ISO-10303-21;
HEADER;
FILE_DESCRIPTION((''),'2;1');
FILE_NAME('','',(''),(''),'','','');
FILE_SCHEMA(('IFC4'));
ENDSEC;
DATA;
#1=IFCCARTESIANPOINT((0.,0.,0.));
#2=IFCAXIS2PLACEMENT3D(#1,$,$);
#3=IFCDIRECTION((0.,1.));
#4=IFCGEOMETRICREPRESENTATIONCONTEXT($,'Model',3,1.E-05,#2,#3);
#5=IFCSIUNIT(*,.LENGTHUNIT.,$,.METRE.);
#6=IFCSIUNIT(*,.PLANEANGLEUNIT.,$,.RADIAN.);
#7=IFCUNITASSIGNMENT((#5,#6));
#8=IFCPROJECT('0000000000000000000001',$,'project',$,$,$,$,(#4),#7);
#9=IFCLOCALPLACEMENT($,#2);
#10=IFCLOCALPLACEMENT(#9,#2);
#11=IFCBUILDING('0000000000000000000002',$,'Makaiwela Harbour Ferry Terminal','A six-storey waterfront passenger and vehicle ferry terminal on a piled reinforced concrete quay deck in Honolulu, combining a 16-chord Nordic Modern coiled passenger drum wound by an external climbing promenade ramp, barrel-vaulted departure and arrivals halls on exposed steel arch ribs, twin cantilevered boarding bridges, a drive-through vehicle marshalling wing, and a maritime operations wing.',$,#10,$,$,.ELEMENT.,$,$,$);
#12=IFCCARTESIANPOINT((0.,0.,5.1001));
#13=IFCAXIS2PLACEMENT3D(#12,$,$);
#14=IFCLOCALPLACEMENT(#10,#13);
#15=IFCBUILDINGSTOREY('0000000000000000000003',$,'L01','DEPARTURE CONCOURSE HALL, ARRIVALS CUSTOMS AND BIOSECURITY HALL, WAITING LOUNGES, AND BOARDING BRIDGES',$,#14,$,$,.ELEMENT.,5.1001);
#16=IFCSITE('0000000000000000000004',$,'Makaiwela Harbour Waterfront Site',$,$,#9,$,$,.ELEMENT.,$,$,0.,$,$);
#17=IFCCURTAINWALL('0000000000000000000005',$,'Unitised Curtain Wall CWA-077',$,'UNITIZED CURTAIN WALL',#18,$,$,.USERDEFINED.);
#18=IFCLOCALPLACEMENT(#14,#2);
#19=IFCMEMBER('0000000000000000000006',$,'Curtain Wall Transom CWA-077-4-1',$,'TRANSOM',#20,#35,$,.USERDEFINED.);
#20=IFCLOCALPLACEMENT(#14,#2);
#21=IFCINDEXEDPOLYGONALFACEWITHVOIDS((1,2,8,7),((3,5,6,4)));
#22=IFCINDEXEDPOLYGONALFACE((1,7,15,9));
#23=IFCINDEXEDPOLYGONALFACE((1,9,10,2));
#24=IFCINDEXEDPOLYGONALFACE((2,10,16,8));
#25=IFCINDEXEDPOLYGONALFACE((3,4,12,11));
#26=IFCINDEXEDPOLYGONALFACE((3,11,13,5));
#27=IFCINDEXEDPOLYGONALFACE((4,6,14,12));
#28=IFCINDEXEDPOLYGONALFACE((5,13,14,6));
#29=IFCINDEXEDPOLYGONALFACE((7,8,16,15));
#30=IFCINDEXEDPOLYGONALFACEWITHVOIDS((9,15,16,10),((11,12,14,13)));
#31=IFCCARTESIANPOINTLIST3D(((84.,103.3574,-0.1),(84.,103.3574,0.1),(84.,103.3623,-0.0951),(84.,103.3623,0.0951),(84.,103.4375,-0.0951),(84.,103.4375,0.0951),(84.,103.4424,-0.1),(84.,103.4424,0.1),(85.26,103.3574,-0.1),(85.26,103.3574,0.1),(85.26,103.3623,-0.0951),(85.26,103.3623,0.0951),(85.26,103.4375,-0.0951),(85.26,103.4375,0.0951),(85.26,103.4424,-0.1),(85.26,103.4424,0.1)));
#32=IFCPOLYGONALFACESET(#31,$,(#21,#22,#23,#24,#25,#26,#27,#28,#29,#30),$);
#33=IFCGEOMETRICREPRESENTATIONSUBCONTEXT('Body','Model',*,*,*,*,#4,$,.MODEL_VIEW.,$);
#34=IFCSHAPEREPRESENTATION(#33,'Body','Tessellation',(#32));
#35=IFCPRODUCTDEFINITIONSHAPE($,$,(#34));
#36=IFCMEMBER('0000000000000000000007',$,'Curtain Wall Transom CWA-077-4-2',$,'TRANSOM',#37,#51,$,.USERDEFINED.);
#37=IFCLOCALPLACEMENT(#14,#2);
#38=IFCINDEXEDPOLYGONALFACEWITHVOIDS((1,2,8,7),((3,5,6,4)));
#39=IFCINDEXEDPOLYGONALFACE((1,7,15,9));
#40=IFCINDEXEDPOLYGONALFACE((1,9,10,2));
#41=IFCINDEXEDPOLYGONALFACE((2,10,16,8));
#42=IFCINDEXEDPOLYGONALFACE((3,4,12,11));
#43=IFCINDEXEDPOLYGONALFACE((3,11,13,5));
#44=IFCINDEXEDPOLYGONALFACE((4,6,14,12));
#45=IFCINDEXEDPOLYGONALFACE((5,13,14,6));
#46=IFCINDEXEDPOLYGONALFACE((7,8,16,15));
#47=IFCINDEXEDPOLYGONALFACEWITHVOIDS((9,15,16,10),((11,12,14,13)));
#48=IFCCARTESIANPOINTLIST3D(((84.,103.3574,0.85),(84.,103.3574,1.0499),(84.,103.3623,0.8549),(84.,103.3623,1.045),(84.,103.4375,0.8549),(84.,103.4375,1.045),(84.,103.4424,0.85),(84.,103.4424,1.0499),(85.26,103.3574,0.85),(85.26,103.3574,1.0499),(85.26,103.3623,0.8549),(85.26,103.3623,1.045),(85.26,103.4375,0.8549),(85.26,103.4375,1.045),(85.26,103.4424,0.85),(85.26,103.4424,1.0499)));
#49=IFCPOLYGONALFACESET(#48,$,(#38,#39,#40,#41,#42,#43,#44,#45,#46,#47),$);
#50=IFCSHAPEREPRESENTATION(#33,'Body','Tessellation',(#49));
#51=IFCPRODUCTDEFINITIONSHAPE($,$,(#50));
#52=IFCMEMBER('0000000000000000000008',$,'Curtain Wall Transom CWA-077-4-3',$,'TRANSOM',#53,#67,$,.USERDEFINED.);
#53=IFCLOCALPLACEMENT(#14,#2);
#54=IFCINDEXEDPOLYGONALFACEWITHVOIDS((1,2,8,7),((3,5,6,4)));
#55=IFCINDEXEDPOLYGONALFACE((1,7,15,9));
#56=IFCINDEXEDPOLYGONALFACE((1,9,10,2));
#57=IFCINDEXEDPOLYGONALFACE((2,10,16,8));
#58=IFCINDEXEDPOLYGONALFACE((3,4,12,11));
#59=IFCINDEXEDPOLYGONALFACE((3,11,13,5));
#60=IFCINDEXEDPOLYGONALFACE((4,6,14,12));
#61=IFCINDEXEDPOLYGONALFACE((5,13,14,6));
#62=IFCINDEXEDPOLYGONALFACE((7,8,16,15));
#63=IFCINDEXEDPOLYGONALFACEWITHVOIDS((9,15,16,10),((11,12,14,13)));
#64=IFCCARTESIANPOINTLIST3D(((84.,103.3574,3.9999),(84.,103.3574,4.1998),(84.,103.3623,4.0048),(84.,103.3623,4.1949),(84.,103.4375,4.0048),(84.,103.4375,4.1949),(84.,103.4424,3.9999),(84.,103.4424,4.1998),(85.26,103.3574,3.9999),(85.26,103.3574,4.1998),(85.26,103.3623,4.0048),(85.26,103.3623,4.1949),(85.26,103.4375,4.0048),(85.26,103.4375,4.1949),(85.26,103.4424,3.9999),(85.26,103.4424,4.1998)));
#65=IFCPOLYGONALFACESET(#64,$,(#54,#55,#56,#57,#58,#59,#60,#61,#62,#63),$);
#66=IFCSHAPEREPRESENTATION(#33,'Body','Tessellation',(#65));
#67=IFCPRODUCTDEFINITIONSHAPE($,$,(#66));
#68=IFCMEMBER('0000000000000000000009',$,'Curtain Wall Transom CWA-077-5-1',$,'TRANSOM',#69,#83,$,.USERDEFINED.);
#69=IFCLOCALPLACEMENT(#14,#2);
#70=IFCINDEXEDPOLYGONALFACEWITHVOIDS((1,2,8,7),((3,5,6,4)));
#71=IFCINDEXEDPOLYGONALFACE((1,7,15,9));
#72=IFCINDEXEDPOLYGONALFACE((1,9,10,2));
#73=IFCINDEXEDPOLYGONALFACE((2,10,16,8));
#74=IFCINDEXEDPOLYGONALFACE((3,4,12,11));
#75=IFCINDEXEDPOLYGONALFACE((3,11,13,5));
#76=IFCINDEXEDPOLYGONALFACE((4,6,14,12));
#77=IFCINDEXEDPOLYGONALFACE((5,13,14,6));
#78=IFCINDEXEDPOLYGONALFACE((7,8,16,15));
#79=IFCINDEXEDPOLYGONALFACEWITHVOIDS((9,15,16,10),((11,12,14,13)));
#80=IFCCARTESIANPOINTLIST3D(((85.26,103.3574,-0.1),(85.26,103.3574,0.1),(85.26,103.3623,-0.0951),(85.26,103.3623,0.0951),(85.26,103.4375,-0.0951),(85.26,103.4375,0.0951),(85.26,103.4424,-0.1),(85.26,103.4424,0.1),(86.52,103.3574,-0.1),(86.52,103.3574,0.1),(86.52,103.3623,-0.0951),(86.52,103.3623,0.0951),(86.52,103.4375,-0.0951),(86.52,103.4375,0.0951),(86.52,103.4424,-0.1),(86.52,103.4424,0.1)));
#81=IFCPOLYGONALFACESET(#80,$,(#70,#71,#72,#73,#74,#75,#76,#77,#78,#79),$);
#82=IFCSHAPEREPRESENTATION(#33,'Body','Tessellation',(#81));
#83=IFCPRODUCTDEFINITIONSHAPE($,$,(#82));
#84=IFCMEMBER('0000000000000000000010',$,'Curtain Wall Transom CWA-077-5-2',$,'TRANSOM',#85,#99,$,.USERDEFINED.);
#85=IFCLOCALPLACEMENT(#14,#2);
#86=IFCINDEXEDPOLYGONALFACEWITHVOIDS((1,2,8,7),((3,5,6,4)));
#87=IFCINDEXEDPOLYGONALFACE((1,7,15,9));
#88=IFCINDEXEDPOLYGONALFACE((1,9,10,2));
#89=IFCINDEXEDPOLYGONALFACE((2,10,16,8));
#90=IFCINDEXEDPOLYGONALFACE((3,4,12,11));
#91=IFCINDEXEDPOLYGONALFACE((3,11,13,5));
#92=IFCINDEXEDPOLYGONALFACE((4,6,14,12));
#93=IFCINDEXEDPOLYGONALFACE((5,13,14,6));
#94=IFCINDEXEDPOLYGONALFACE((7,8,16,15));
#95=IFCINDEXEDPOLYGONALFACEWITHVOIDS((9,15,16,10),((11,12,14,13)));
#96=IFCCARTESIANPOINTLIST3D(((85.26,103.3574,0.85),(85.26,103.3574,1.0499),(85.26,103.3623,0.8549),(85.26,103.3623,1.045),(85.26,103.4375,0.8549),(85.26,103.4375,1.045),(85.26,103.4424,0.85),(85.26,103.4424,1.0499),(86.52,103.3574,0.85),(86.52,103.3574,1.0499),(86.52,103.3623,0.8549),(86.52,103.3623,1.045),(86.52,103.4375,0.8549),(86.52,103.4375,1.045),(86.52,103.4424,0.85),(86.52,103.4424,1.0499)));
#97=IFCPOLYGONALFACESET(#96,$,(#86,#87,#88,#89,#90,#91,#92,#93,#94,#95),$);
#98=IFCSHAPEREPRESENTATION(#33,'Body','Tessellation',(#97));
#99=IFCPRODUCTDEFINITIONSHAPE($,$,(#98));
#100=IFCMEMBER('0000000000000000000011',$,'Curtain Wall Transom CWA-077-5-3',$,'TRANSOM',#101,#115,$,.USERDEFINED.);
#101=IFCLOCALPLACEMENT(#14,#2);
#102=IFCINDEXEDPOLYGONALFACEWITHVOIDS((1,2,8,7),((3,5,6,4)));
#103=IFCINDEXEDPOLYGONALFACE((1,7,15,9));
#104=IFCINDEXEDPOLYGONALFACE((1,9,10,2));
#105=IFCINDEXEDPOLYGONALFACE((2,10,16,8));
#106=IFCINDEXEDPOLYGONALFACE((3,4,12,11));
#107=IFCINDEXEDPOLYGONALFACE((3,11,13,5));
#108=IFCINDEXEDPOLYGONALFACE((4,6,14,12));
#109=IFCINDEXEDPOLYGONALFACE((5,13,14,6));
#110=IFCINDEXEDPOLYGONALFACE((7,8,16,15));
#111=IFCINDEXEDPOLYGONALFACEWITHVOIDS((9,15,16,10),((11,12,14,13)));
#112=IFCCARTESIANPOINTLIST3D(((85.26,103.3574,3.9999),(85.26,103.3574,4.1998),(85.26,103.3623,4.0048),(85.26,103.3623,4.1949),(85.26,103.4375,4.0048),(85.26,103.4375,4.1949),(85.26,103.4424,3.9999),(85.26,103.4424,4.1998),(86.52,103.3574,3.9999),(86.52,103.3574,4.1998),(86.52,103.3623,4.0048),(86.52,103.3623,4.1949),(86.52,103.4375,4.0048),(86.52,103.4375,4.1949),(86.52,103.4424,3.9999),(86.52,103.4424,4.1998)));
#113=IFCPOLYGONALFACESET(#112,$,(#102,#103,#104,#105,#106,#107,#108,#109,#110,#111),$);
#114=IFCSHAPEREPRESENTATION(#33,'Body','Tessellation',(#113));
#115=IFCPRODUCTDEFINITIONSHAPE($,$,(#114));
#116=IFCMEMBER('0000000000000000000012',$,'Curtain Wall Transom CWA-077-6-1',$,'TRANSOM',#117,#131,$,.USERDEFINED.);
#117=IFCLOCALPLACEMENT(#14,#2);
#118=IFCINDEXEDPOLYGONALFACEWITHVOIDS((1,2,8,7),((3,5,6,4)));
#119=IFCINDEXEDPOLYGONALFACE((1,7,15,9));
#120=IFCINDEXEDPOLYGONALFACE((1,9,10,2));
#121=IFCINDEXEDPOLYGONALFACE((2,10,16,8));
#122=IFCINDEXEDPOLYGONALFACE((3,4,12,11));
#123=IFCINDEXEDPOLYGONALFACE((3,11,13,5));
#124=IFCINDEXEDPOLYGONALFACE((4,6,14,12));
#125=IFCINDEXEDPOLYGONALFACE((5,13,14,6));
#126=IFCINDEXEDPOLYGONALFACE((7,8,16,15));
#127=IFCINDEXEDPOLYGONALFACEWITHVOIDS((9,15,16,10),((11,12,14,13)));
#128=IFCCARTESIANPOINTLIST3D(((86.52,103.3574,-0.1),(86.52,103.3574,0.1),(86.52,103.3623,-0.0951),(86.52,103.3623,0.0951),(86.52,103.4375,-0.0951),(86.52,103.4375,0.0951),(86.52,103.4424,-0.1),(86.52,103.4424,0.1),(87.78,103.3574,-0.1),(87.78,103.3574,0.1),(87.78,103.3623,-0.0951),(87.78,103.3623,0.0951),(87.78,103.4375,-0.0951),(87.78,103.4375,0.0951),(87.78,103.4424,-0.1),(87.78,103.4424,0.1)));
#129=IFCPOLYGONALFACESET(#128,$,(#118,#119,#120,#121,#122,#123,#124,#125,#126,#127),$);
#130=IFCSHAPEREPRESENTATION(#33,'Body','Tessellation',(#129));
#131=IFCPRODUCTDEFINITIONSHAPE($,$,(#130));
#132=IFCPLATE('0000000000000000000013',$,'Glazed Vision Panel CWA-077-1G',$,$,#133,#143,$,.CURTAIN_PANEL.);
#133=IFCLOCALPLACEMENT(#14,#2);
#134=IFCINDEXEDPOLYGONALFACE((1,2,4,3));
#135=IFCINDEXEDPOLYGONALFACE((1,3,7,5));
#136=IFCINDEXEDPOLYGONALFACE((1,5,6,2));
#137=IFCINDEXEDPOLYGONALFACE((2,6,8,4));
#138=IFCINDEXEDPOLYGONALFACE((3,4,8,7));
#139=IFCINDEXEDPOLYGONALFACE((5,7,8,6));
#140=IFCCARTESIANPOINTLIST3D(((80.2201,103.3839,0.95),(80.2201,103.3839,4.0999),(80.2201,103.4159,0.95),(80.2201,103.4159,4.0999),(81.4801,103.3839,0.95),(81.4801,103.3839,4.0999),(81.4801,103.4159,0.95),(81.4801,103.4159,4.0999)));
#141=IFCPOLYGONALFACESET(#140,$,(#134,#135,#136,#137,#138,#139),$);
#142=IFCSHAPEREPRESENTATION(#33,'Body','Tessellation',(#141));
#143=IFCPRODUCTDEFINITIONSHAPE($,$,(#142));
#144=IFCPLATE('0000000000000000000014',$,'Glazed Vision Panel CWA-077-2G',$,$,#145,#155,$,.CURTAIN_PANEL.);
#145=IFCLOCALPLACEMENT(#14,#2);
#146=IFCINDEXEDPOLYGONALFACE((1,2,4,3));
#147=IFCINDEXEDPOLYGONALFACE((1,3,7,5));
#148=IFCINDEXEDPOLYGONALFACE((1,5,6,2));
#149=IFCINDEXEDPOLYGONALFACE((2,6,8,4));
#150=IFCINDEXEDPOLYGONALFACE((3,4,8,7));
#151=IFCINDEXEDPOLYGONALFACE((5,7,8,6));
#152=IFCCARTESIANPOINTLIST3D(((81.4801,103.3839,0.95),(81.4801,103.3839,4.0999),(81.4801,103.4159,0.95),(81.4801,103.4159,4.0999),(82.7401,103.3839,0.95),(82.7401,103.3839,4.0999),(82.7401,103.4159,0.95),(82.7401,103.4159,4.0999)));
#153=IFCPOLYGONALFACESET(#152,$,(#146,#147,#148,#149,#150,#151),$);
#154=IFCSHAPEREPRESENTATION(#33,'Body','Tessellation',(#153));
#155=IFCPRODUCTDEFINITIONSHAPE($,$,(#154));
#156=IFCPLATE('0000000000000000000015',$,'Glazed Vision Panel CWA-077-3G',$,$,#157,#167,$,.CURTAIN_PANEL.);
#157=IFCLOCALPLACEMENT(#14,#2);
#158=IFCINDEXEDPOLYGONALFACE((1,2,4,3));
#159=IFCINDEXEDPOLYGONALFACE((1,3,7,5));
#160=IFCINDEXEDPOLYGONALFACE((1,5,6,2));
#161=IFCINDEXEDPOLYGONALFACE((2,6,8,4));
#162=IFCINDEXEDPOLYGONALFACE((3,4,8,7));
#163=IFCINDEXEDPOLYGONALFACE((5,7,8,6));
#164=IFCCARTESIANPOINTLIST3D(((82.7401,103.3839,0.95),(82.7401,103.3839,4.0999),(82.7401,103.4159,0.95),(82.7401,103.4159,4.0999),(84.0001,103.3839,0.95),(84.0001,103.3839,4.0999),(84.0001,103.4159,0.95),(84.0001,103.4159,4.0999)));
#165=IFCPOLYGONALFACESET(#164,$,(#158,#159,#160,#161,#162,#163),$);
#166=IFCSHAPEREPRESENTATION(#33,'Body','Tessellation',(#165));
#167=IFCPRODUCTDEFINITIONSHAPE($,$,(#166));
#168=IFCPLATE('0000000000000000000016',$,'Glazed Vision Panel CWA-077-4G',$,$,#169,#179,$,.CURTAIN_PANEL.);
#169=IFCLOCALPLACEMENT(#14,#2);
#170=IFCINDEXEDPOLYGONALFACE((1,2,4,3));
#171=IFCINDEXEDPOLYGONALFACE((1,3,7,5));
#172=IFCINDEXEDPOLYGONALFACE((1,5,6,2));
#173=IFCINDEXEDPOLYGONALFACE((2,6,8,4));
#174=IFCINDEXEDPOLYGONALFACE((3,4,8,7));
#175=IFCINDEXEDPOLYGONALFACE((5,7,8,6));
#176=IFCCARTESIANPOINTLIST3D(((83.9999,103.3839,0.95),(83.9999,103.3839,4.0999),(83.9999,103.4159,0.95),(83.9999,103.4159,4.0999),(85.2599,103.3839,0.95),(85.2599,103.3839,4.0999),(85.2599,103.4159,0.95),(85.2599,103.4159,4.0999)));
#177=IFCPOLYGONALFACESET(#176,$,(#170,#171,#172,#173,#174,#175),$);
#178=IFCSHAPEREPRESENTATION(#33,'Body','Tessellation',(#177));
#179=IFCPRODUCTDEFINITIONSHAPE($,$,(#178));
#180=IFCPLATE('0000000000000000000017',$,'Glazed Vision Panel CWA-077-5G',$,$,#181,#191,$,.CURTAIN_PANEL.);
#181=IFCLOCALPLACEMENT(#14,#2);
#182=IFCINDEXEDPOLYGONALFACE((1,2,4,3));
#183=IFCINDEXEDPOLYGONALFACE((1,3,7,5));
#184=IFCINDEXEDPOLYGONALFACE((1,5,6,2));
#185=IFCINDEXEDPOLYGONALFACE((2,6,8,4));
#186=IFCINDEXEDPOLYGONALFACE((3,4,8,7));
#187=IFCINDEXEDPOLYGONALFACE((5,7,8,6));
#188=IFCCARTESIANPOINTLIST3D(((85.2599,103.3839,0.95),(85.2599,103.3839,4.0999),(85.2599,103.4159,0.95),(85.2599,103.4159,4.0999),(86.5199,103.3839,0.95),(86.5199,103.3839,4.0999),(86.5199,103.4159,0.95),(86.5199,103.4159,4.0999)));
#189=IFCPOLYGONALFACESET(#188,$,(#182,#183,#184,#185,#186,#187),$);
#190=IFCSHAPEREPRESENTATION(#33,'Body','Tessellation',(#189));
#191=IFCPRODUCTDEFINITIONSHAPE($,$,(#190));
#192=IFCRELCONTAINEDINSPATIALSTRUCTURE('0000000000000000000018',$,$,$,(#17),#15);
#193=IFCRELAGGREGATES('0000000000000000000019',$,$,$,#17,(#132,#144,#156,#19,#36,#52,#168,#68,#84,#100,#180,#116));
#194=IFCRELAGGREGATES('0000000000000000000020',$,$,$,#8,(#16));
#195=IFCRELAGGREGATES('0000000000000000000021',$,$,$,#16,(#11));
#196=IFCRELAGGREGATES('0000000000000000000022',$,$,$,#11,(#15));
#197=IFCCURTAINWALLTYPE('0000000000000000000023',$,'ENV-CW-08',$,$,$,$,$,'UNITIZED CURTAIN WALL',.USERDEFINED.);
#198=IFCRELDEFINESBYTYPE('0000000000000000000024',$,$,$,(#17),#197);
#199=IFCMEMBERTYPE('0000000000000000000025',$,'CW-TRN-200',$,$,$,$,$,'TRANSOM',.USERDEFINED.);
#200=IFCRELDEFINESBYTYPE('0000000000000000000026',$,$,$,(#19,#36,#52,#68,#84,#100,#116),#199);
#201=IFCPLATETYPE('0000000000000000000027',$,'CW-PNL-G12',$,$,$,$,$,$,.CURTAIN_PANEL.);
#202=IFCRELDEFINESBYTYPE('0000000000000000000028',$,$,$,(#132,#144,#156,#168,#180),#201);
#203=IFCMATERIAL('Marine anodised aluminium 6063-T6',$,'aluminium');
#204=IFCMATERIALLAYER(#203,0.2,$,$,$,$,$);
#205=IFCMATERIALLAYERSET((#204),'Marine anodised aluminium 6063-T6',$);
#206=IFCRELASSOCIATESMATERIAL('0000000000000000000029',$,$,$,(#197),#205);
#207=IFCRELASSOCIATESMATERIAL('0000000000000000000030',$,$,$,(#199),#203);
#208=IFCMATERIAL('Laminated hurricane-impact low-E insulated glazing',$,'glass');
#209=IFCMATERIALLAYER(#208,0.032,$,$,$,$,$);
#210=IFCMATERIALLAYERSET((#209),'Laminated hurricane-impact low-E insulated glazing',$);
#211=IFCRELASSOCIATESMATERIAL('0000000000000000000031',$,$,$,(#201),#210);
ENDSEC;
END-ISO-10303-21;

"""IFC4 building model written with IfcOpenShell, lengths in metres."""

from ifc_helpers import new_model, si_unit, direction, frame, origin, origin_2d, place, context, subcontext, project, spatial, rectangle, hollow_rectangle, extrude, material, layer, layer_set, material_profile, profile_set, type_object, element, aggregate, save


model = new_model("IFC4")

# Units and contexts
model_context = context("Model", 3, precision=1e-05, world=origin(), true_north=direction((0.0, 1.0)))
body_context = subcontext(model_context, "Body", "Model", "MODEL_VIEW")
ifc_project = project(units=[si_unit("LENGTHUNIT", "METRE"), si_unit("PLANEANGLEUNIT", "RADIAN")], contexts=[model_context])

# Site, building, storey
site_placement = place(None, origin())
site = spatial("IfcSite", under=ifc_project, at=site_placement, Name="Makaiwela Harbour Waterfront Site", CompositionType="ELEMENT", RefElevation=0.0)
building_placement = place(site_placement, origin())
building = spatial("IfcBuilding", under=site, at=building_placement, Name="Makaiwela Harbour Ferry Terminal", Description="A six-storey waterfront passenger and vehicle ferry terminal on a piled reinforced concrete quay deck in Honolulu, combining a 16-chord Nordic Modern coiled passenger drum wound by an external climbing promenade ramp, barrel-vaulted departure and arrivals halls on exposed steel arch ribs, twin cantilevered boarding bridges, a drive-through vehicle marshalling wing, and a maritime operations wing.", CompositionType="ELEMENT")
storey_placement = place(building_placement, frame((0.0, 0.0, 5.1001)))
storey = spatial("IfcBuildingStorey", under=building, at=storey_placement, Name="L01", Description="DEPARTURE CONCOURSE HALL, ARRIVALS CUSTOMS AND BIOSECURITY HALL, WAITING LOUNGES, AND BOARDING BRIDGES", CompositionType="ELEMENT", Elevation=5.1001)

# Curtain wall, members, plates
ifc_material_1 = material(Name="Marine anodised aluminium 6063-T6", Category="aluminium")
ifc_layer_1 = layer(ifc_material_1, 0.2)
ifc_layer_set_1 = layer_set([ifc_layer_1], Name="Marine anodised aluminium 6063-T6")
curtain_wall_type = type_object("IfcCurtainWallType", Name="ENV-CW-08", ElementType="UNITIZED CURTAIN WALL", PredefinedType="USERDEFINED", material=ifc_layer_set_1)
curtain_wall_placement = place(storey_placement, origin())
curtain_wall = element("IfcCurtainWall", 1, at=curtain_wall_placement, inside=storey, type_object=curtain_wall_type, Name="Unitised Curtain Wall CWA-077", ObjectType="UNITIZED CURTAIN WALL", PredefinedType="USERDEFINED")
ifc_material_profile_1 = material_profile(ifc_material_1, hollow_rectangle(XDim=0.085, YDim=0.2, WallThickness=0.0049, at=origin_2d()), Name="CWT-200X85")
ifc_profile_set_1 = profile_set([ifc_material_profile_1], Name="Marine anodised aluminium 6063-T6")
member_type_1 = type_object("IfcMemberType", Name="CW-TRN-200", ElementType="TRANSOM", PredefinedType="USERDEFINED", material=ifc_profile_set_1)
member_1_placement = place(storey_placement, frame((84.0, 103.3999, 0.0), z_axis=(1.0, 0.0, 0.0), x_axis=(0.0, 1.0, 0.0)))
member_1 = element("IfcMember", 2, at=member_1_placement, type_object=member_type_1, Name="Curtain Wall Transom CWA-077-4-1", ObjectType="TRANSOM", PredefinedType="USERDEFINED", context=body_context, shape_type="SweptSolid", body=[
    extrude(hollow_rectangle(XDim=0.085, YDim=0.2, WallThickness=0.0049, at=origin_2d()), origin(), (0.0, 0.0, 1.0), 1.26),
])
member_2_placement = place(storey_placement, frame((84.0, 103.3999, 0.95), z_axis=(1.0, 0.0, 0.0), x_axis=(0.0, 1.0, 0.0)))
member_2 = element("IfcMember", 3, at=member_2_placement, type_object=member_type_1, Name="Curtain Wall Transom CWA-077-4-2", ObjectType="TRANSOM", PredefinedType="USERDEFINED", context=body_context, shape_type="SweptSolid", body=[
    extrude(hollow_rectangle(XDim=0.085, YDim=0.2, WallThickness=0.0049, at=origin_2d()), origin(), (0.0, 0.0, 1.0), 1.26),
])
member_3_placement = place(storey_placement, frame((84.0, 103.3999, 4.0999), z_axis=(1.0, 0.0, 0.0), x_axis=(0.0, 1.0, 0.0)))
member_3 = element("IfcMember", 4, at=member_3_placement, type_object=member_type_1, Name="Curtain Wall Transom CWA-077-4-3", ObjectType="TRANSOM", PredefinedType="USERDEFINED", context=body_context, shape_type="SweptSolid", body=[
    extrude(hollow_rectangle(XDim=0.085, YDim=0.2, WallThickness=0.0049, at=origin_2d()), origin(), (0.0, 0.0, 1.0), 1.26),
])
member_4_placement = place(storey_placement, frame((85.26, 103.3999, 0.0), z_axis=(1.0, 0.0, 0.0), x_axis=(0.0, 1.0, 0.0)))
member_4 = element("IfcMember", 5, at=member_4_placement, type_object=member_type_1, Name="Curtain Wall Transom CWA-077-5-1", ObjectType="TRANSOM", PredefinedType="USERDEFINED", context=body_context, shape_type="SweptSolid", body=[
    extrude(hollow_rectangle(XDim=0.085, YDim=0.2, WallThickness=0.0049, at=origin_2d()), origin(), (0.0, 0.0, 1.0), 1.26),
])
member_5_placement = place(storey_placement, frame((85.26, 103.3999, 0.95), z_axis=(1.0, 0.0, 0.0), x_axis=(0.0, 1.0, 0.0)))
member_5 = element("IfcMember", 6, at=member_5_placement, type_object=member_type_1, Name="Curtain Wall Transom CWA-077-5-2", ObjectType="TRANSOM", PredefinedType="USERDEFINED", context=body_context, shape_type="SweptSolid", body=[
    extrude(hollow_rectangle(XDim=0.085, YDim=0.2, WallThickness=0.0049, at=origin_2d()), origin(), (0.0, 0.0, 1.0), 1.26),
])
member_6_placement = place(storey_placement, frame((85.26, 103.3999, 4.0999), z_axis=(1.0, 0.0, 0.0), x_axis=(0.0, 1.0, 0.0)))
member_6 = element("IfcMember", 7, at=member_6_placement, type_object=member_type_1, Name="Curtain Wall Transom CWA-077-5-3", ObjectType="TRANSOM", PredefinedType="USERDEFINED", context=body_context, shape_type="SweptSolid", body=[
    extrude(hollow_rectangle(XDim=0.085, YDim=0.2, WallThickness=0.0049, at=origin_2d()), origin(), (0.0, 0.0, 1.0), 1.26),
])
member_7_placement = place(storey_placement, frame((86.52, 103.3999, 0.0), z_axis=(1.0, 0.0, 0.0), x_axis=(0.0, 1.0, 0.0)))
member_7 = element("IfcMember", 8, at=member_7_placement, type_object=member_type_1, Name="Curtain Wall Transom CWA-077-6-1", ObjectType="TRANSOM", PredefinedType="USERDEFINED", context=body_context, shape_type="SweptSolid", body=[
    extrude(hollow_rectangle(XDim=0.085, YDim=0.2, WallThickness=0.0049, at=origin_2d()), origin(), (0.0, 0.0, 1.0), 1.26),
])
ifc_material_2 = material(Name="Laminated hurricane-impact low-E insulated glazing", Category="glass")
ifc_layer_2 = layer(ifc_material_2, 0.032)
ifc_layer_set_2 = layer_set([ifc_layer_2], Name="Laminated hurricane-impact low-E insulated glazing")
plate_type_1 = type_object("IfcPlateType", Name="CW-PNL-G12", PredefinedType="CURTAIN_PANEL", material=ifc_layer_set_2)
plate_1_placement = place(storey_placement, frame((80.8501, 103.3999, 0.95), z_axis=(0.0, 0.0, 1.0), x_axis=(1.0, 0.0, 0.0)))
plate_1 = element("IfcPlate", 9, at=plate_1_placement, type_object=plate_type_1, Name="Glazed Vision Panel CWA-077-1G", PredefinedType="CURTAIN_PANEL", context=body_context, shape_type="SweptSolid", body=[
    extrude(rectangle(XDim=1.26, YDim=0.032, at=origin_2d()), origin(), (0.0, 0.0, 1.0), 3.1499),
])
plate_2_placement = place(storey_placement, frame((82.1101, 103.3999, 0.95), z_axis=(0.0, 0.0, 1.0), x_axis=(1.0, 0.0, 0.0)))
plate_2 = element("IfcPlate", 10, at=plate_2_placement, type_object=plate_type_1, Name="Glazed Vision Panel CWA-077-2G", PredefinedType="CURTAIN_PANEL", context=body_context, shape_type="SweptSolid", body=[
    extrude(rectangle(XDim=1.26, YDim=0.032, at=origin_2d()), origin(), (0.0, 0.0, 1.0), 3.1499),
])
plate_3_placement = place(storey_placement, frame((83.3701, 103.3999, 0.95), z_axis=(0.0, 0.0, 1.0), x_axis=(1.0, 0.0, 0.0)))
plate_3 = element("IfcPlate", 11, at=plate_3_placement, type_object=plate_type_1, Name="Glazed Vision Panel CWA-077-3G", PredefinedType="CURTAIN_PANEL", context=body_context, shape_type="SweptSolid", body=[
    extrude(rectangle(XDim=1.26, YDim=0.032, at=origin_2d()), origin(), (0.0, 0.0, 1.0), 3.1499),
])
plate_4_placement = place(storey_placement, frame((84.6299, 103.3999, 0.95), z_axis=(0.0, 0.0, 1.0), x_axis=(1.0, 0.0, 0.0)))
plate_4 = element("IfcPlate", 12, at=plate_4_placement, type_object=plate_type_1, Name="Glazed Vision Panel CWA-077-4G", PredefinedType="CURTAIN_PANEL", context=body_context, shape_type="SweptSolid", body=[
    extrude(rectangle(XDim=1.26, YDim=0.032, at=origin_2d()), origin(), (0.0, 0.0, 1.0), 3.1499),
])
plate_5_placement = place(storey_placement, frame((85.8899, 103.3999, 0.95), z_axis=(0.0, 0.0, 1.0), x_axis=(1.0, 0.0, 0.0)))
plate_5 = element("IfcPlate", 13, at=plate_5_placement, type_object=plate_type_1, Name="Glazed Vision Panel CWA-077-5G", PredefinedType="CURTAIN_PANEL", context=body_context, shape_type="SweptSolid", body=[
    extrude(rectangle(XDim=1.26, YDim=0.032, at=origin_2d()), origin(), (0.0, 0.0, 1.0), 3.1499),
])
aggregate(curtain_wall, [plate_1, plate_2, plate_3, member_1, member_2, member_3, plate_4, member_4, member_5, member_6, plate_5, member_7])

save(model, "model.ifc")
